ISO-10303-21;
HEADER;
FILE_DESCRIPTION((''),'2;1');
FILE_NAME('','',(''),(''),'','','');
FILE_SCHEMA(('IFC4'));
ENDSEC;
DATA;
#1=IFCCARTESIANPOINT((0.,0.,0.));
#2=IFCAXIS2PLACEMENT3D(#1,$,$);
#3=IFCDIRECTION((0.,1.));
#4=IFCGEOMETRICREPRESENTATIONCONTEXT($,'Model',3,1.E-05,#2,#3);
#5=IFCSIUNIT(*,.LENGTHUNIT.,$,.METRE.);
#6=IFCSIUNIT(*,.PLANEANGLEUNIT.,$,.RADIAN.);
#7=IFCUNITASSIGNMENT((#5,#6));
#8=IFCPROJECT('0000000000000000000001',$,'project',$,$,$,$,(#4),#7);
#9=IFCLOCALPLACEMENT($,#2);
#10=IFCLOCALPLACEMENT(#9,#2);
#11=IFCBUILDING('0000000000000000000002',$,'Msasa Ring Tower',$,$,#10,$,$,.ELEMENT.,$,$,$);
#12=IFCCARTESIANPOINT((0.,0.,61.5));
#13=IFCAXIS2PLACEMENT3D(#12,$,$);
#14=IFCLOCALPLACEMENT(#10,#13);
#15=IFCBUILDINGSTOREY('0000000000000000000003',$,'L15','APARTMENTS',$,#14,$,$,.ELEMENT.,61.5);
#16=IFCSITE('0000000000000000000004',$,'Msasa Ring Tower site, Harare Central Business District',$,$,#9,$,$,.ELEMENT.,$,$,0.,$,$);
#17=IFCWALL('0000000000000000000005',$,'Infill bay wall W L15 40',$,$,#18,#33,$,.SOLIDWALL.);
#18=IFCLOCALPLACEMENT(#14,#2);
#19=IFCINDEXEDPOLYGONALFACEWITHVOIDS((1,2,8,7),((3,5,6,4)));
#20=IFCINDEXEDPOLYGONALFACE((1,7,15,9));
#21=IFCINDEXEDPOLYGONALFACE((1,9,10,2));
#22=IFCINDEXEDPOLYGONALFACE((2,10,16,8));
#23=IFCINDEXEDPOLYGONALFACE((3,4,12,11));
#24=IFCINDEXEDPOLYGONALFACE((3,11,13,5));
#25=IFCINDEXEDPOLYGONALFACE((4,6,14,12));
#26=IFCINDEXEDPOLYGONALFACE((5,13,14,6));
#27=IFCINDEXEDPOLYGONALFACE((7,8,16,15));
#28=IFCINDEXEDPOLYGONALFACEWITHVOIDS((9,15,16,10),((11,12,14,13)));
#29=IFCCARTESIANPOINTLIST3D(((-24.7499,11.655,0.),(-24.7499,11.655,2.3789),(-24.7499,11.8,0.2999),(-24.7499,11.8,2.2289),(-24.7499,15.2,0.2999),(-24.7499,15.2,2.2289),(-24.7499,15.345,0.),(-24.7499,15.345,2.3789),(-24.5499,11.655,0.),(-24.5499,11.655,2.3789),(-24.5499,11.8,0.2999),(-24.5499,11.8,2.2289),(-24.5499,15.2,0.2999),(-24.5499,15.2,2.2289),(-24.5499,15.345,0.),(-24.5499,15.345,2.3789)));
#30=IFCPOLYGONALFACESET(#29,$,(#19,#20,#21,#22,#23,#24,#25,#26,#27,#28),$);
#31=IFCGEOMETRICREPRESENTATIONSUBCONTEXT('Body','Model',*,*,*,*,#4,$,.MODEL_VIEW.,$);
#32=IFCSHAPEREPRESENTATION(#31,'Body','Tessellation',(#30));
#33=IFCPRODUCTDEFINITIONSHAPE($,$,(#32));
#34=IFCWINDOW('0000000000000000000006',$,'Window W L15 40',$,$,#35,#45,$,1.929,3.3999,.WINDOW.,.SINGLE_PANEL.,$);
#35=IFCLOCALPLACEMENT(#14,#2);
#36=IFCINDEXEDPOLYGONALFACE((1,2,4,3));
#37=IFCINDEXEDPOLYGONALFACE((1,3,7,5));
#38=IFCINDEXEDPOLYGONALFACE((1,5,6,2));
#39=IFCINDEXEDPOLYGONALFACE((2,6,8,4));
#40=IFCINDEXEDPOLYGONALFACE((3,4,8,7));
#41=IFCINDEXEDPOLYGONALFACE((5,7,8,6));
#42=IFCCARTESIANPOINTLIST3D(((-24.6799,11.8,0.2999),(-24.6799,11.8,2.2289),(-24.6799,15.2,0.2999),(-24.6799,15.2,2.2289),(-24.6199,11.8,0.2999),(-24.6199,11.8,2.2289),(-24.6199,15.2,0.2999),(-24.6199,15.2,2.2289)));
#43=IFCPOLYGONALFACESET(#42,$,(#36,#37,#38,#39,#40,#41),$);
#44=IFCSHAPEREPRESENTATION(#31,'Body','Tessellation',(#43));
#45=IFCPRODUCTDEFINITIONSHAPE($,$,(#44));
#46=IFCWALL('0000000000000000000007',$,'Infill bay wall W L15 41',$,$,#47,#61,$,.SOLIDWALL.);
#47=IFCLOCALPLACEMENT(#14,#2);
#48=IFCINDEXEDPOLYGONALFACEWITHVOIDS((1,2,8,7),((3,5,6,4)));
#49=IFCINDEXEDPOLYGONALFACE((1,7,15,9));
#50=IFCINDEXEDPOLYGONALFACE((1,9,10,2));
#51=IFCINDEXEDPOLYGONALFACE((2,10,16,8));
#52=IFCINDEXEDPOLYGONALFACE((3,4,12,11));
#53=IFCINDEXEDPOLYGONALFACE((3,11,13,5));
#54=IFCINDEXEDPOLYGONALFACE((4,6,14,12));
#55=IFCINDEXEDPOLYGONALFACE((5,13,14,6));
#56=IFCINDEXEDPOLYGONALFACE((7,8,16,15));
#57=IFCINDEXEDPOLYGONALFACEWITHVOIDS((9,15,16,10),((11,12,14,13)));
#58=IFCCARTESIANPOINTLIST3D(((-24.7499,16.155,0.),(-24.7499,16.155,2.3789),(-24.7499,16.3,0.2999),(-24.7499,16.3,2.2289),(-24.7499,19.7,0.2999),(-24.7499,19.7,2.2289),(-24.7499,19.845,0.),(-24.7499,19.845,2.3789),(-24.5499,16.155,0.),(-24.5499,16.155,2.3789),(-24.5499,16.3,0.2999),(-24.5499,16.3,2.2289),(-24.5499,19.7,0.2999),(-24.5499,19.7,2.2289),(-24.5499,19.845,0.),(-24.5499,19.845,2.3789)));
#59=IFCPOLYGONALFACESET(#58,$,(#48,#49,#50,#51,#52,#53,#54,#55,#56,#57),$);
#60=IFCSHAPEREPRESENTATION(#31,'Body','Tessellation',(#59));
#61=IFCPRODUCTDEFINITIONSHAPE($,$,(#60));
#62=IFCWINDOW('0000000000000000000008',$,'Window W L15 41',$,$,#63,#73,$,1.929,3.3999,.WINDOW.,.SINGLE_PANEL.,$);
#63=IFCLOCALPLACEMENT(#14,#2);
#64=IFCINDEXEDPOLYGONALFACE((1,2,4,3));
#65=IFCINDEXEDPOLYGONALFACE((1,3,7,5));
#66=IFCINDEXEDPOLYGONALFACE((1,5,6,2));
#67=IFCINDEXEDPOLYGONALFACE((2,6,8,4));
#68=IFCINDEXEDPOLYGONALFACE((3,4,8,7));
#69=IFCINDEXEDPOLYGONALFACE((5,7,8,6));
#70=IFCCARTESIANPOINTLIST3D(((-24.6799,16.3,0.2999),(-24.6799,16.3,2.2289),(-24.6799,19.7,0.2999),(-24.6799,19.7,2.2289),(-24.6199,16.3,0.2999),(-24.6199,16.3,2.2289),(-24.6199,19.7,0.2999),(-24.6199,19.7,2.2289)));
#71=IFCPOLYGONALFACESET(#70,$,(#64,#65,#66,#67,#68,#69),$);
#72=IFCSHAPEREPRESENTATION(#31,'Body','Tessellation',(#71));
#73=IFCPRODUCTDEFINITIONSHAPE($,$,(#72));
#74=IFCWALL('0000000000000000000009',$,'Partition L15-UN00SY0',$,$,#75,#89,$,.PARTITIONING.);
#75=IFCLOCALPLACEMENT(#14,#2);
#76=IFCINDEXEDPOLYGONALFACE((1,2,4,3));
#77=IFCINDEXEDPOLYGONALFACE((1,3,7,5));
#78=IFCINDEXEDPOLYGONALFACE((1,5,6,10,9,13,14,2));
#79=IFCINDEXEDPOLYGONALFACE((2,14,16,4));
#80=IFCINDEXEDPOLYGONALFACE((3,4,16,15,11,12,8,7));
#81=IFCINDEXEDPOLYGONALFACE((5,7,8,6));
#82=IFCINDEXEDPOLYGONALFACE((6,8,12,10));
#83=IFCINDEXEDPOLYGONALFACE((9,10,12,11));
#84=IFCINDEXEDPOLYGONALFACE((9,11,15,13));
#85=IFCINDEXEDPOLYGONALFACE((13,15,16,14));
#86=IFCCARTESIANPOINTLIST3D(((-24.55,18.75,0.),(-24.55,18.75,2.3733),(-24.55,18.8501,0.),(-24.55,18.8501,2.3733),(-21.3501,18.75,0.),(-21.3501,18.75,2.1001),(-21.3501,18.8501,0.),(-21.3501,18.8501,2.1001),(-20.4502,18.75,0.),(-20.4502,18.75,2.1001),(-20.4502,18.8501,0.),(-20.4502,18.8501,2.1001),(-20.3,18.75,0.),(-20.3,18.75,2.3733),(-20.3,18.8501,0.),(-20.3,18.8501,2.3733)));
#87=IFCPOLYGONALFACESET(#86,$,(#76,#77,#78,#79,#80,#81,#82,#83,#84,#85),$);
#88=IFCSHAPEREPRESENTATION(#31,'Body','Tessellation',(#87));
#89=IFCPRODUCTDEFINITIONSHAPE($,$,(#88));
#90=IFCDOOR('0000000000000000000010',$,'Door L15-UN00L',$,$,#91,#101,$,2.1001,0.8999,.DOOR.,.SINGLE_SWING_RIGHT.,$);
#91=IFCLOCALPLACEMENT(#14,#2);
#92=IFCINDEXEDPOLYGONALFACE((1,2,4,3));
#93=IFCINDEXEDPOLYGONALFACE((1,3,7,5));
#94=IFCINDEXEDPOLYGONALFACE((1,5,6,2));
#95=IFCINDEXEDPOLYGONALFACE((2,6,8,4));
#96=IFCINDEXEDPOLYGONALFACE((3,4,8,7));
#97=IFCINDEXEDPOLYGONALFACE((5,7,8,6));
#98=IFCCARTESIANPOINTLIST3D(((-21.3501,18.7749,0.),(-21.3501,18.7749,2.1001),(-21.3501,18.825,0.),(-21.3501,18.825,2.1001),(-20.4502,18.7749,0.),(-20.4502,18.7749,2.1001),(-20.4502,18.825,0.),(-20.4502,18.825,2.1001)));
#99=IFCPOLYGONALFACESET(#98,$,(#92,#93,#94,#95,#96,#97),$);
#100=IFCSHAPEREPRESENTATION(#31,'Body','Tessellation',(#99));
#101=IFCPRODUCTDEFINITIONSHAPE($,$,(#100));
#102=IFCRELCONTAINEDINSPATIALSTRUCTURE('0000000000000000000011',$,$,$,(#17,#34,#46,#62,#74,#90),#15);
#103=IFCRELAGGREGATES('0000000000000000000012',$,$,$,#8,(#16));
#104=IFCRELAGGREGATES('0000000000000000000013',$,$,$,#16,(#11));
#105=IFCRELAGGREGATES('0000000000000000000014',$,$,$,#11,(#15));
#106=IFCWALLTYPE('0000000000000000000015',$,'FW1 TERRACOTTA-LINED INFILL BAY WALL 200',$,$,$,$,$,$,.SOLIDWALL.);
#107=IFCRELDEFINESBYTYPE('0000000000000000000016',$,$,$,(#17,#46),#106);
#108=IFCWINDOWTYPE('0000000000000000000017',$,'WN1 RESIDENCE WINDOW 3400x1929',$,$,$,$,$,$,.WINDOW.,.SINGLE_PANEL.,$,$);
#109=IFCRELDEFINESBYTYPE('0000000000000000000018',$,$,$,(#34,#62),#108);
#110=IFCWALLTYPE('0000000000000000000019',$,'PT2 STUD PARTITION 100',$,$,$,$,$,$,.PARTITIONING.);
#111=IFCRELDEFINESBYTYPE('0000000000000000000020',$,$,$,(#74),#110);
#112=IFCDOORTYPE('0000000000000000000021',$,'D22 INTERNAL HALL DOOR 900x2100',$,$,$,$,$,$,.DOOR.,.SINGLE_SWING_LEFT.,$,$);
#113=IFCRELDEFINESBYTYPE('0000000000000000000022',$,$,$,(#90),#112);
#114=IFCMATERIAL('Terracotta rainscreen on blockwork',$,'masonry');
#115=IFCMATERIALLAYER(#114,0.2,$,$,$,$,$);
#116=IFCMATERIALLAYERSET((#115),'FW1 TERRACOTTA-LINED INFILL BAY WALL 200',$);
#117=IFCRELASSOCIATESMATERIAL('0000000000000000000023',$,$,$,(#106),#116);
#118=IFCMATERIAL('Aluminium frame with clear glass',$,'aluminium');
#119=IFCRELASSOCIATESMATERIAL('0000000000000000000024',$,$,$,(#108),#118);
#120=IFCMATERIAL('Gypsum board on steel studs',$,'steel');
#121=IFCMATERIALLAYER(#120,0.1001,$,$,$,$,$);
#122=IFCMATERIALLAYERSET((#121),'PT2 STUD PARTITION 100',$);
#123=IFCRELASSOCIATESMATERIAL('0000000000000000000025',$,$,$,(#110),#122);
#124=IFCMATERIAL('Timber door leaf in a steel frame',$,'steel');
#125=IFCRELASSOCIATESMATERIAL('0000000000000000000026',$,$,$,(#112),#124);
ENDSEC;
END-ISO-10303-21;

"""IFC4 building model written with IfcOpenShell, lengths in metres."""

from ifc_helpers import new_model, si_unit, direction, frame, frame_2d, origin, place, context, subcontext, project, spatial, rectangle, extrude, material, layer, layer_set, type_object, element, fill, save


model = new_model("IFC4")

# Units and contexts
model_context = context("Model", 3, precision=1e-05, world=origin(), true_north=direction((0.0, 1.0)))
body_context = subcontext(model_context, "Body", "Model", "MODEL_VIEW")
ifc_project = project(units=[si_unit("LENGTHUNIT", "METRE"), si_unit("PLANEANGLEUNIT", "RADIAN")], contexts=[model_context])

# Site, building, storey
site_placement = place(None, origin())
site = spatial("IfcSite", under=ifc_project, at=site_placement, Name="Msasa Ring Tower site, Harare Central Business District", CompositionType="ELEMENT", RefElevation=0.0)
building_placement = place(site_placement, origin())
building = spatial("IfcBuilding", under=site, at=building_placement, Name="Msasa Ring Tower", CompositionType="ELEMENT")
storey_placement = place(building_placement, frame((0.0, 0.0, 61.5)))
storey = spatial("IfcBuildingStorey", under=building, at=storey_placement, Name="L15", Description="APARTMENTS", CompositionType="ELEMENT", Elevation=61.5)

# Walls, openings, windows
ifc_material_1 = material(Name="Terracotta rainscreen on blockwork", Category="masonry")
ifc_layer_1 = layer(ifc_material_1, 0.2)
ifc_layer_set_1 = layer_set([ifc_layer_1], Name="FW1 TERRACOTTA-LINED INFILL BAY WALL 200")
wall_type_1 = type_object("IfcWallType", Name="FW1 TERRACOTTA-LINED INFILL BAY WALL 200", PredefinedType="SOLIDWALL", material=ifc_layer_set_1)
wall_1_placement = place(storey_placement, frame((-24.6499, 11.655, 0.0), z_axis=(0.0, 0.0, 1.0), x_axis=(0.0, 1.0, 0.0)))
wall_1 = element("IfcWall", 1, at=wall_1_placement, inside=storey, type_object=wall_type_1, Name="Infill bay wall W L15 40", PredefinedType="SOLIDWALL", context=body_context, shape_type="SweptSolid", body=[
    extrude(rectangle(XDim=3.6899, YDim=0.2, at=frame_2d((1.845, 0.0))), origin(), (0.0, 0.0, 1.0), 2.3789),
])
opening_1_placement = place(wall_1_placement, frame((0.145, 0.0, 0.3)))
opening_1 = element("IfcOpeningElement", 2, at=opening_1_placement, cuts=wall_1, PredefinedType="OPENING", context=body_context, shape_type="SweptSolid", body=[
    extrude(rectangle(XDim=3.3999, YDim=1.929, at=frame_2d((1.7, 0.9644))), frame((0.0, 0.1099, 0.0), z_axis=(0.0, -1.0, 0.0), x_axis=(1.0, 0.0, 0.0)), (0.0, 0.0, 1.0), 0.22),
])
ifc_material_2 = material(Name="Aluminium frame with clear glass", Category="aluminium")
window_type = type_object("IfcWindowType", Name="WN1 RESIDENCE WINDOW 3400x1929", PartitioningType="SINGLE_PANEL", PredefinedType="WINDOW", material=ifc_material_2)
window_1_placement = place(opening_1_placement, origin())
window_1 = element("IfcWindow", 3, at=window_1_placement, inside=storey, type_object=window_type, Name="Window W L15 40", OverallHeight=1.929, OverallWidth=3.3999, PartitioningType="SINGLE_PANEL", PredefinedType="WINDOW", context=body_context, shape_type="SweptSolid", body=[
    extrude(rectangle(XDim=3.3999, YDim=1.929, at=frame_2d((1.7, 0.9644))), frame((0.0, 0.03, 0.0), z_axis=(0.0, -1.0, 0.0), x_axis=(1.0, 0.0, 0.0)), (0.0, 0.0, 1.0), 0.0601),
])
fill(opening_1, window_1)
wall_2_placement = place(storey_placement, frame((-24.6499, 16.155, 0.0), z_axis=(0.0, 0.0, 1.0), x_axis=(0.0, 1.0, 0.0)))
wall_2 = element("IfcWall", 4, at=wall_2_placement, inside=storey, type_object=wall_type_1, Name="Infill bay wall W L15 41", PredefinedType="SOLIDWALL", context=body_context, shape_type="SweptSolid", body=[
    extrude(rectangle(XDim=3.6899, YDim=0.2, at=frame_2d((1.845, 0.0))), origin(), (0.0, 0.0, 1.0), 2.3789),
])
opening_2_placement = place(wall_2_placement, frame((0.145, 0.0, 0.3)))
opening_2 = element("IfcOpeningElement", 5, at=opening_2_placement, cuts=wall_2, PredefinedType="OPENING", context=body_context, shape_type="SweptSolid", body=[
    extrude(rectangle(XDim=3.3999, YDim=1.929, at=frame_2d((1.7, 0.9644))), frame((0.0, 0.1099, 0.0), z_axis=(0.0, -1.0, 0.0), x_axis=(1.0, 0.0, 0.0)), (0.0, 0.0, 1.0), 0.22),
])
window_2_placement = place(opening_2_placement, origin())
window_2 = element("IfcWindow", 6, at=window_2_placement, inside=storey, type_object=window_type, Name="Window W L15 41", OverallHeight=1.929, OverallWidth=3.3999, PartitioningType="SINGLE_PANEL", PredefinedType="WINDOW", context=body_context, shape_type="SweptSolid", body=[
    extrude(rectangle(XDim=3.3999, YDim=1.929, at=frame_2d((1.7, 0.9644))), frame((0.0, 0.03, 0.0), z_axis=(0.0, -1.0, 0.0), x_axis=(1.0, 0.0, 0.0)), (0.0, 0.0, 1.0), 0.0601),
])
fill(opening_2, window_2)

# Wall, opening, door
ifc_material_3 = material(Name="Gypsum board on steel studs", Category="steel")
ifc_layer_2 = layer(ifc_material_3, 0.1001)
ifc_layer_set_2 = layer_set([ifc_layer_2], Name="PT2 STUD PARTITION 100")
wall_type_2 = type_object("IfcWallType", Name="PT2 STUD PARTITION 100", PredefinedType="PARTITIONING", material=ifc_layer_set_2)
wall_3_placement = place(storey_placement, frame((-24.55, 18.8, 0.0), z_axis=(0.0, 0.0, 1.0), x_axis=(1.0, 0.0, 0.0)))
wall_3 = element("IfcWall", 7, at=wall_3_placement, inside=storey, type_object=wall_type_2, Name="Partition L15-UN00SY0", PredefinedType="PARTITIONING", context=body_context, shape_type="SweptSolid", body=[
    extrude(rectangle(XDim=4.25, YDim=0.1001, at=frame_2d((2.125, 0.0))), origin(), (0.0, 0.0, 1.0), 2.3733),
])
opening_3_placement = place(wall_3_placement, frame((3.2, 0.0, 0.0)))
opening_3 = element("IfcOpeningElement", 8, at=opening_3_placement, cuts=wall_3, PredefinedType="OPENING", context=body_context, shape_type="SweptSolid", body=[
    extrude(rectangle(XDim=0.8999, YDim=2.1001, at=frame_2d((0.45, 1.05))), frame((0.0, 0.0601, 0.0), z_axis=(0.0, -1.0, 0.0), x_axis=(1.0, 0.0, 0.0)), (0.0, 0.0, 1.0), 0.1201),
])
ifc_material_4 = material(Name="Timber door leaf in a steel frame", Category="steel")
door_type = type_object("IfcDoorType", Name="D22 INTERNAL HALL DOOR 900x2100", OperationType="SINGLE_SWING_LEFT", PredefinedType="DOOR", material=ifc_material_4)
door_placement = place(opening_3_placement, origin())
door = element("IfcDoor", 9, at=door_placement, inside=storey, type_object=door_type, Name="Door L15-UN00L", OperationType="SINGLE_SWING_RIGHT", OverallHeight=2.1001, OverallWidth=0.8999, PredefinedType="DOOR", context=body_context, shape_type="SweptSolid", body=[
    extrude(rectangle(XDim=0.8999, YDim=2.1001, at=frame_2d((0.45, 1.05))), frame((0.0, 0.0249, 0.0), z_axis=(0.0, -1.0, 0.0), x_axis=(1.0, 0.0, 0.0)), (0.0, 0.0, 1.0), 0.05),
])
fill(opening_3, door)

save(model, "model.ifc")
